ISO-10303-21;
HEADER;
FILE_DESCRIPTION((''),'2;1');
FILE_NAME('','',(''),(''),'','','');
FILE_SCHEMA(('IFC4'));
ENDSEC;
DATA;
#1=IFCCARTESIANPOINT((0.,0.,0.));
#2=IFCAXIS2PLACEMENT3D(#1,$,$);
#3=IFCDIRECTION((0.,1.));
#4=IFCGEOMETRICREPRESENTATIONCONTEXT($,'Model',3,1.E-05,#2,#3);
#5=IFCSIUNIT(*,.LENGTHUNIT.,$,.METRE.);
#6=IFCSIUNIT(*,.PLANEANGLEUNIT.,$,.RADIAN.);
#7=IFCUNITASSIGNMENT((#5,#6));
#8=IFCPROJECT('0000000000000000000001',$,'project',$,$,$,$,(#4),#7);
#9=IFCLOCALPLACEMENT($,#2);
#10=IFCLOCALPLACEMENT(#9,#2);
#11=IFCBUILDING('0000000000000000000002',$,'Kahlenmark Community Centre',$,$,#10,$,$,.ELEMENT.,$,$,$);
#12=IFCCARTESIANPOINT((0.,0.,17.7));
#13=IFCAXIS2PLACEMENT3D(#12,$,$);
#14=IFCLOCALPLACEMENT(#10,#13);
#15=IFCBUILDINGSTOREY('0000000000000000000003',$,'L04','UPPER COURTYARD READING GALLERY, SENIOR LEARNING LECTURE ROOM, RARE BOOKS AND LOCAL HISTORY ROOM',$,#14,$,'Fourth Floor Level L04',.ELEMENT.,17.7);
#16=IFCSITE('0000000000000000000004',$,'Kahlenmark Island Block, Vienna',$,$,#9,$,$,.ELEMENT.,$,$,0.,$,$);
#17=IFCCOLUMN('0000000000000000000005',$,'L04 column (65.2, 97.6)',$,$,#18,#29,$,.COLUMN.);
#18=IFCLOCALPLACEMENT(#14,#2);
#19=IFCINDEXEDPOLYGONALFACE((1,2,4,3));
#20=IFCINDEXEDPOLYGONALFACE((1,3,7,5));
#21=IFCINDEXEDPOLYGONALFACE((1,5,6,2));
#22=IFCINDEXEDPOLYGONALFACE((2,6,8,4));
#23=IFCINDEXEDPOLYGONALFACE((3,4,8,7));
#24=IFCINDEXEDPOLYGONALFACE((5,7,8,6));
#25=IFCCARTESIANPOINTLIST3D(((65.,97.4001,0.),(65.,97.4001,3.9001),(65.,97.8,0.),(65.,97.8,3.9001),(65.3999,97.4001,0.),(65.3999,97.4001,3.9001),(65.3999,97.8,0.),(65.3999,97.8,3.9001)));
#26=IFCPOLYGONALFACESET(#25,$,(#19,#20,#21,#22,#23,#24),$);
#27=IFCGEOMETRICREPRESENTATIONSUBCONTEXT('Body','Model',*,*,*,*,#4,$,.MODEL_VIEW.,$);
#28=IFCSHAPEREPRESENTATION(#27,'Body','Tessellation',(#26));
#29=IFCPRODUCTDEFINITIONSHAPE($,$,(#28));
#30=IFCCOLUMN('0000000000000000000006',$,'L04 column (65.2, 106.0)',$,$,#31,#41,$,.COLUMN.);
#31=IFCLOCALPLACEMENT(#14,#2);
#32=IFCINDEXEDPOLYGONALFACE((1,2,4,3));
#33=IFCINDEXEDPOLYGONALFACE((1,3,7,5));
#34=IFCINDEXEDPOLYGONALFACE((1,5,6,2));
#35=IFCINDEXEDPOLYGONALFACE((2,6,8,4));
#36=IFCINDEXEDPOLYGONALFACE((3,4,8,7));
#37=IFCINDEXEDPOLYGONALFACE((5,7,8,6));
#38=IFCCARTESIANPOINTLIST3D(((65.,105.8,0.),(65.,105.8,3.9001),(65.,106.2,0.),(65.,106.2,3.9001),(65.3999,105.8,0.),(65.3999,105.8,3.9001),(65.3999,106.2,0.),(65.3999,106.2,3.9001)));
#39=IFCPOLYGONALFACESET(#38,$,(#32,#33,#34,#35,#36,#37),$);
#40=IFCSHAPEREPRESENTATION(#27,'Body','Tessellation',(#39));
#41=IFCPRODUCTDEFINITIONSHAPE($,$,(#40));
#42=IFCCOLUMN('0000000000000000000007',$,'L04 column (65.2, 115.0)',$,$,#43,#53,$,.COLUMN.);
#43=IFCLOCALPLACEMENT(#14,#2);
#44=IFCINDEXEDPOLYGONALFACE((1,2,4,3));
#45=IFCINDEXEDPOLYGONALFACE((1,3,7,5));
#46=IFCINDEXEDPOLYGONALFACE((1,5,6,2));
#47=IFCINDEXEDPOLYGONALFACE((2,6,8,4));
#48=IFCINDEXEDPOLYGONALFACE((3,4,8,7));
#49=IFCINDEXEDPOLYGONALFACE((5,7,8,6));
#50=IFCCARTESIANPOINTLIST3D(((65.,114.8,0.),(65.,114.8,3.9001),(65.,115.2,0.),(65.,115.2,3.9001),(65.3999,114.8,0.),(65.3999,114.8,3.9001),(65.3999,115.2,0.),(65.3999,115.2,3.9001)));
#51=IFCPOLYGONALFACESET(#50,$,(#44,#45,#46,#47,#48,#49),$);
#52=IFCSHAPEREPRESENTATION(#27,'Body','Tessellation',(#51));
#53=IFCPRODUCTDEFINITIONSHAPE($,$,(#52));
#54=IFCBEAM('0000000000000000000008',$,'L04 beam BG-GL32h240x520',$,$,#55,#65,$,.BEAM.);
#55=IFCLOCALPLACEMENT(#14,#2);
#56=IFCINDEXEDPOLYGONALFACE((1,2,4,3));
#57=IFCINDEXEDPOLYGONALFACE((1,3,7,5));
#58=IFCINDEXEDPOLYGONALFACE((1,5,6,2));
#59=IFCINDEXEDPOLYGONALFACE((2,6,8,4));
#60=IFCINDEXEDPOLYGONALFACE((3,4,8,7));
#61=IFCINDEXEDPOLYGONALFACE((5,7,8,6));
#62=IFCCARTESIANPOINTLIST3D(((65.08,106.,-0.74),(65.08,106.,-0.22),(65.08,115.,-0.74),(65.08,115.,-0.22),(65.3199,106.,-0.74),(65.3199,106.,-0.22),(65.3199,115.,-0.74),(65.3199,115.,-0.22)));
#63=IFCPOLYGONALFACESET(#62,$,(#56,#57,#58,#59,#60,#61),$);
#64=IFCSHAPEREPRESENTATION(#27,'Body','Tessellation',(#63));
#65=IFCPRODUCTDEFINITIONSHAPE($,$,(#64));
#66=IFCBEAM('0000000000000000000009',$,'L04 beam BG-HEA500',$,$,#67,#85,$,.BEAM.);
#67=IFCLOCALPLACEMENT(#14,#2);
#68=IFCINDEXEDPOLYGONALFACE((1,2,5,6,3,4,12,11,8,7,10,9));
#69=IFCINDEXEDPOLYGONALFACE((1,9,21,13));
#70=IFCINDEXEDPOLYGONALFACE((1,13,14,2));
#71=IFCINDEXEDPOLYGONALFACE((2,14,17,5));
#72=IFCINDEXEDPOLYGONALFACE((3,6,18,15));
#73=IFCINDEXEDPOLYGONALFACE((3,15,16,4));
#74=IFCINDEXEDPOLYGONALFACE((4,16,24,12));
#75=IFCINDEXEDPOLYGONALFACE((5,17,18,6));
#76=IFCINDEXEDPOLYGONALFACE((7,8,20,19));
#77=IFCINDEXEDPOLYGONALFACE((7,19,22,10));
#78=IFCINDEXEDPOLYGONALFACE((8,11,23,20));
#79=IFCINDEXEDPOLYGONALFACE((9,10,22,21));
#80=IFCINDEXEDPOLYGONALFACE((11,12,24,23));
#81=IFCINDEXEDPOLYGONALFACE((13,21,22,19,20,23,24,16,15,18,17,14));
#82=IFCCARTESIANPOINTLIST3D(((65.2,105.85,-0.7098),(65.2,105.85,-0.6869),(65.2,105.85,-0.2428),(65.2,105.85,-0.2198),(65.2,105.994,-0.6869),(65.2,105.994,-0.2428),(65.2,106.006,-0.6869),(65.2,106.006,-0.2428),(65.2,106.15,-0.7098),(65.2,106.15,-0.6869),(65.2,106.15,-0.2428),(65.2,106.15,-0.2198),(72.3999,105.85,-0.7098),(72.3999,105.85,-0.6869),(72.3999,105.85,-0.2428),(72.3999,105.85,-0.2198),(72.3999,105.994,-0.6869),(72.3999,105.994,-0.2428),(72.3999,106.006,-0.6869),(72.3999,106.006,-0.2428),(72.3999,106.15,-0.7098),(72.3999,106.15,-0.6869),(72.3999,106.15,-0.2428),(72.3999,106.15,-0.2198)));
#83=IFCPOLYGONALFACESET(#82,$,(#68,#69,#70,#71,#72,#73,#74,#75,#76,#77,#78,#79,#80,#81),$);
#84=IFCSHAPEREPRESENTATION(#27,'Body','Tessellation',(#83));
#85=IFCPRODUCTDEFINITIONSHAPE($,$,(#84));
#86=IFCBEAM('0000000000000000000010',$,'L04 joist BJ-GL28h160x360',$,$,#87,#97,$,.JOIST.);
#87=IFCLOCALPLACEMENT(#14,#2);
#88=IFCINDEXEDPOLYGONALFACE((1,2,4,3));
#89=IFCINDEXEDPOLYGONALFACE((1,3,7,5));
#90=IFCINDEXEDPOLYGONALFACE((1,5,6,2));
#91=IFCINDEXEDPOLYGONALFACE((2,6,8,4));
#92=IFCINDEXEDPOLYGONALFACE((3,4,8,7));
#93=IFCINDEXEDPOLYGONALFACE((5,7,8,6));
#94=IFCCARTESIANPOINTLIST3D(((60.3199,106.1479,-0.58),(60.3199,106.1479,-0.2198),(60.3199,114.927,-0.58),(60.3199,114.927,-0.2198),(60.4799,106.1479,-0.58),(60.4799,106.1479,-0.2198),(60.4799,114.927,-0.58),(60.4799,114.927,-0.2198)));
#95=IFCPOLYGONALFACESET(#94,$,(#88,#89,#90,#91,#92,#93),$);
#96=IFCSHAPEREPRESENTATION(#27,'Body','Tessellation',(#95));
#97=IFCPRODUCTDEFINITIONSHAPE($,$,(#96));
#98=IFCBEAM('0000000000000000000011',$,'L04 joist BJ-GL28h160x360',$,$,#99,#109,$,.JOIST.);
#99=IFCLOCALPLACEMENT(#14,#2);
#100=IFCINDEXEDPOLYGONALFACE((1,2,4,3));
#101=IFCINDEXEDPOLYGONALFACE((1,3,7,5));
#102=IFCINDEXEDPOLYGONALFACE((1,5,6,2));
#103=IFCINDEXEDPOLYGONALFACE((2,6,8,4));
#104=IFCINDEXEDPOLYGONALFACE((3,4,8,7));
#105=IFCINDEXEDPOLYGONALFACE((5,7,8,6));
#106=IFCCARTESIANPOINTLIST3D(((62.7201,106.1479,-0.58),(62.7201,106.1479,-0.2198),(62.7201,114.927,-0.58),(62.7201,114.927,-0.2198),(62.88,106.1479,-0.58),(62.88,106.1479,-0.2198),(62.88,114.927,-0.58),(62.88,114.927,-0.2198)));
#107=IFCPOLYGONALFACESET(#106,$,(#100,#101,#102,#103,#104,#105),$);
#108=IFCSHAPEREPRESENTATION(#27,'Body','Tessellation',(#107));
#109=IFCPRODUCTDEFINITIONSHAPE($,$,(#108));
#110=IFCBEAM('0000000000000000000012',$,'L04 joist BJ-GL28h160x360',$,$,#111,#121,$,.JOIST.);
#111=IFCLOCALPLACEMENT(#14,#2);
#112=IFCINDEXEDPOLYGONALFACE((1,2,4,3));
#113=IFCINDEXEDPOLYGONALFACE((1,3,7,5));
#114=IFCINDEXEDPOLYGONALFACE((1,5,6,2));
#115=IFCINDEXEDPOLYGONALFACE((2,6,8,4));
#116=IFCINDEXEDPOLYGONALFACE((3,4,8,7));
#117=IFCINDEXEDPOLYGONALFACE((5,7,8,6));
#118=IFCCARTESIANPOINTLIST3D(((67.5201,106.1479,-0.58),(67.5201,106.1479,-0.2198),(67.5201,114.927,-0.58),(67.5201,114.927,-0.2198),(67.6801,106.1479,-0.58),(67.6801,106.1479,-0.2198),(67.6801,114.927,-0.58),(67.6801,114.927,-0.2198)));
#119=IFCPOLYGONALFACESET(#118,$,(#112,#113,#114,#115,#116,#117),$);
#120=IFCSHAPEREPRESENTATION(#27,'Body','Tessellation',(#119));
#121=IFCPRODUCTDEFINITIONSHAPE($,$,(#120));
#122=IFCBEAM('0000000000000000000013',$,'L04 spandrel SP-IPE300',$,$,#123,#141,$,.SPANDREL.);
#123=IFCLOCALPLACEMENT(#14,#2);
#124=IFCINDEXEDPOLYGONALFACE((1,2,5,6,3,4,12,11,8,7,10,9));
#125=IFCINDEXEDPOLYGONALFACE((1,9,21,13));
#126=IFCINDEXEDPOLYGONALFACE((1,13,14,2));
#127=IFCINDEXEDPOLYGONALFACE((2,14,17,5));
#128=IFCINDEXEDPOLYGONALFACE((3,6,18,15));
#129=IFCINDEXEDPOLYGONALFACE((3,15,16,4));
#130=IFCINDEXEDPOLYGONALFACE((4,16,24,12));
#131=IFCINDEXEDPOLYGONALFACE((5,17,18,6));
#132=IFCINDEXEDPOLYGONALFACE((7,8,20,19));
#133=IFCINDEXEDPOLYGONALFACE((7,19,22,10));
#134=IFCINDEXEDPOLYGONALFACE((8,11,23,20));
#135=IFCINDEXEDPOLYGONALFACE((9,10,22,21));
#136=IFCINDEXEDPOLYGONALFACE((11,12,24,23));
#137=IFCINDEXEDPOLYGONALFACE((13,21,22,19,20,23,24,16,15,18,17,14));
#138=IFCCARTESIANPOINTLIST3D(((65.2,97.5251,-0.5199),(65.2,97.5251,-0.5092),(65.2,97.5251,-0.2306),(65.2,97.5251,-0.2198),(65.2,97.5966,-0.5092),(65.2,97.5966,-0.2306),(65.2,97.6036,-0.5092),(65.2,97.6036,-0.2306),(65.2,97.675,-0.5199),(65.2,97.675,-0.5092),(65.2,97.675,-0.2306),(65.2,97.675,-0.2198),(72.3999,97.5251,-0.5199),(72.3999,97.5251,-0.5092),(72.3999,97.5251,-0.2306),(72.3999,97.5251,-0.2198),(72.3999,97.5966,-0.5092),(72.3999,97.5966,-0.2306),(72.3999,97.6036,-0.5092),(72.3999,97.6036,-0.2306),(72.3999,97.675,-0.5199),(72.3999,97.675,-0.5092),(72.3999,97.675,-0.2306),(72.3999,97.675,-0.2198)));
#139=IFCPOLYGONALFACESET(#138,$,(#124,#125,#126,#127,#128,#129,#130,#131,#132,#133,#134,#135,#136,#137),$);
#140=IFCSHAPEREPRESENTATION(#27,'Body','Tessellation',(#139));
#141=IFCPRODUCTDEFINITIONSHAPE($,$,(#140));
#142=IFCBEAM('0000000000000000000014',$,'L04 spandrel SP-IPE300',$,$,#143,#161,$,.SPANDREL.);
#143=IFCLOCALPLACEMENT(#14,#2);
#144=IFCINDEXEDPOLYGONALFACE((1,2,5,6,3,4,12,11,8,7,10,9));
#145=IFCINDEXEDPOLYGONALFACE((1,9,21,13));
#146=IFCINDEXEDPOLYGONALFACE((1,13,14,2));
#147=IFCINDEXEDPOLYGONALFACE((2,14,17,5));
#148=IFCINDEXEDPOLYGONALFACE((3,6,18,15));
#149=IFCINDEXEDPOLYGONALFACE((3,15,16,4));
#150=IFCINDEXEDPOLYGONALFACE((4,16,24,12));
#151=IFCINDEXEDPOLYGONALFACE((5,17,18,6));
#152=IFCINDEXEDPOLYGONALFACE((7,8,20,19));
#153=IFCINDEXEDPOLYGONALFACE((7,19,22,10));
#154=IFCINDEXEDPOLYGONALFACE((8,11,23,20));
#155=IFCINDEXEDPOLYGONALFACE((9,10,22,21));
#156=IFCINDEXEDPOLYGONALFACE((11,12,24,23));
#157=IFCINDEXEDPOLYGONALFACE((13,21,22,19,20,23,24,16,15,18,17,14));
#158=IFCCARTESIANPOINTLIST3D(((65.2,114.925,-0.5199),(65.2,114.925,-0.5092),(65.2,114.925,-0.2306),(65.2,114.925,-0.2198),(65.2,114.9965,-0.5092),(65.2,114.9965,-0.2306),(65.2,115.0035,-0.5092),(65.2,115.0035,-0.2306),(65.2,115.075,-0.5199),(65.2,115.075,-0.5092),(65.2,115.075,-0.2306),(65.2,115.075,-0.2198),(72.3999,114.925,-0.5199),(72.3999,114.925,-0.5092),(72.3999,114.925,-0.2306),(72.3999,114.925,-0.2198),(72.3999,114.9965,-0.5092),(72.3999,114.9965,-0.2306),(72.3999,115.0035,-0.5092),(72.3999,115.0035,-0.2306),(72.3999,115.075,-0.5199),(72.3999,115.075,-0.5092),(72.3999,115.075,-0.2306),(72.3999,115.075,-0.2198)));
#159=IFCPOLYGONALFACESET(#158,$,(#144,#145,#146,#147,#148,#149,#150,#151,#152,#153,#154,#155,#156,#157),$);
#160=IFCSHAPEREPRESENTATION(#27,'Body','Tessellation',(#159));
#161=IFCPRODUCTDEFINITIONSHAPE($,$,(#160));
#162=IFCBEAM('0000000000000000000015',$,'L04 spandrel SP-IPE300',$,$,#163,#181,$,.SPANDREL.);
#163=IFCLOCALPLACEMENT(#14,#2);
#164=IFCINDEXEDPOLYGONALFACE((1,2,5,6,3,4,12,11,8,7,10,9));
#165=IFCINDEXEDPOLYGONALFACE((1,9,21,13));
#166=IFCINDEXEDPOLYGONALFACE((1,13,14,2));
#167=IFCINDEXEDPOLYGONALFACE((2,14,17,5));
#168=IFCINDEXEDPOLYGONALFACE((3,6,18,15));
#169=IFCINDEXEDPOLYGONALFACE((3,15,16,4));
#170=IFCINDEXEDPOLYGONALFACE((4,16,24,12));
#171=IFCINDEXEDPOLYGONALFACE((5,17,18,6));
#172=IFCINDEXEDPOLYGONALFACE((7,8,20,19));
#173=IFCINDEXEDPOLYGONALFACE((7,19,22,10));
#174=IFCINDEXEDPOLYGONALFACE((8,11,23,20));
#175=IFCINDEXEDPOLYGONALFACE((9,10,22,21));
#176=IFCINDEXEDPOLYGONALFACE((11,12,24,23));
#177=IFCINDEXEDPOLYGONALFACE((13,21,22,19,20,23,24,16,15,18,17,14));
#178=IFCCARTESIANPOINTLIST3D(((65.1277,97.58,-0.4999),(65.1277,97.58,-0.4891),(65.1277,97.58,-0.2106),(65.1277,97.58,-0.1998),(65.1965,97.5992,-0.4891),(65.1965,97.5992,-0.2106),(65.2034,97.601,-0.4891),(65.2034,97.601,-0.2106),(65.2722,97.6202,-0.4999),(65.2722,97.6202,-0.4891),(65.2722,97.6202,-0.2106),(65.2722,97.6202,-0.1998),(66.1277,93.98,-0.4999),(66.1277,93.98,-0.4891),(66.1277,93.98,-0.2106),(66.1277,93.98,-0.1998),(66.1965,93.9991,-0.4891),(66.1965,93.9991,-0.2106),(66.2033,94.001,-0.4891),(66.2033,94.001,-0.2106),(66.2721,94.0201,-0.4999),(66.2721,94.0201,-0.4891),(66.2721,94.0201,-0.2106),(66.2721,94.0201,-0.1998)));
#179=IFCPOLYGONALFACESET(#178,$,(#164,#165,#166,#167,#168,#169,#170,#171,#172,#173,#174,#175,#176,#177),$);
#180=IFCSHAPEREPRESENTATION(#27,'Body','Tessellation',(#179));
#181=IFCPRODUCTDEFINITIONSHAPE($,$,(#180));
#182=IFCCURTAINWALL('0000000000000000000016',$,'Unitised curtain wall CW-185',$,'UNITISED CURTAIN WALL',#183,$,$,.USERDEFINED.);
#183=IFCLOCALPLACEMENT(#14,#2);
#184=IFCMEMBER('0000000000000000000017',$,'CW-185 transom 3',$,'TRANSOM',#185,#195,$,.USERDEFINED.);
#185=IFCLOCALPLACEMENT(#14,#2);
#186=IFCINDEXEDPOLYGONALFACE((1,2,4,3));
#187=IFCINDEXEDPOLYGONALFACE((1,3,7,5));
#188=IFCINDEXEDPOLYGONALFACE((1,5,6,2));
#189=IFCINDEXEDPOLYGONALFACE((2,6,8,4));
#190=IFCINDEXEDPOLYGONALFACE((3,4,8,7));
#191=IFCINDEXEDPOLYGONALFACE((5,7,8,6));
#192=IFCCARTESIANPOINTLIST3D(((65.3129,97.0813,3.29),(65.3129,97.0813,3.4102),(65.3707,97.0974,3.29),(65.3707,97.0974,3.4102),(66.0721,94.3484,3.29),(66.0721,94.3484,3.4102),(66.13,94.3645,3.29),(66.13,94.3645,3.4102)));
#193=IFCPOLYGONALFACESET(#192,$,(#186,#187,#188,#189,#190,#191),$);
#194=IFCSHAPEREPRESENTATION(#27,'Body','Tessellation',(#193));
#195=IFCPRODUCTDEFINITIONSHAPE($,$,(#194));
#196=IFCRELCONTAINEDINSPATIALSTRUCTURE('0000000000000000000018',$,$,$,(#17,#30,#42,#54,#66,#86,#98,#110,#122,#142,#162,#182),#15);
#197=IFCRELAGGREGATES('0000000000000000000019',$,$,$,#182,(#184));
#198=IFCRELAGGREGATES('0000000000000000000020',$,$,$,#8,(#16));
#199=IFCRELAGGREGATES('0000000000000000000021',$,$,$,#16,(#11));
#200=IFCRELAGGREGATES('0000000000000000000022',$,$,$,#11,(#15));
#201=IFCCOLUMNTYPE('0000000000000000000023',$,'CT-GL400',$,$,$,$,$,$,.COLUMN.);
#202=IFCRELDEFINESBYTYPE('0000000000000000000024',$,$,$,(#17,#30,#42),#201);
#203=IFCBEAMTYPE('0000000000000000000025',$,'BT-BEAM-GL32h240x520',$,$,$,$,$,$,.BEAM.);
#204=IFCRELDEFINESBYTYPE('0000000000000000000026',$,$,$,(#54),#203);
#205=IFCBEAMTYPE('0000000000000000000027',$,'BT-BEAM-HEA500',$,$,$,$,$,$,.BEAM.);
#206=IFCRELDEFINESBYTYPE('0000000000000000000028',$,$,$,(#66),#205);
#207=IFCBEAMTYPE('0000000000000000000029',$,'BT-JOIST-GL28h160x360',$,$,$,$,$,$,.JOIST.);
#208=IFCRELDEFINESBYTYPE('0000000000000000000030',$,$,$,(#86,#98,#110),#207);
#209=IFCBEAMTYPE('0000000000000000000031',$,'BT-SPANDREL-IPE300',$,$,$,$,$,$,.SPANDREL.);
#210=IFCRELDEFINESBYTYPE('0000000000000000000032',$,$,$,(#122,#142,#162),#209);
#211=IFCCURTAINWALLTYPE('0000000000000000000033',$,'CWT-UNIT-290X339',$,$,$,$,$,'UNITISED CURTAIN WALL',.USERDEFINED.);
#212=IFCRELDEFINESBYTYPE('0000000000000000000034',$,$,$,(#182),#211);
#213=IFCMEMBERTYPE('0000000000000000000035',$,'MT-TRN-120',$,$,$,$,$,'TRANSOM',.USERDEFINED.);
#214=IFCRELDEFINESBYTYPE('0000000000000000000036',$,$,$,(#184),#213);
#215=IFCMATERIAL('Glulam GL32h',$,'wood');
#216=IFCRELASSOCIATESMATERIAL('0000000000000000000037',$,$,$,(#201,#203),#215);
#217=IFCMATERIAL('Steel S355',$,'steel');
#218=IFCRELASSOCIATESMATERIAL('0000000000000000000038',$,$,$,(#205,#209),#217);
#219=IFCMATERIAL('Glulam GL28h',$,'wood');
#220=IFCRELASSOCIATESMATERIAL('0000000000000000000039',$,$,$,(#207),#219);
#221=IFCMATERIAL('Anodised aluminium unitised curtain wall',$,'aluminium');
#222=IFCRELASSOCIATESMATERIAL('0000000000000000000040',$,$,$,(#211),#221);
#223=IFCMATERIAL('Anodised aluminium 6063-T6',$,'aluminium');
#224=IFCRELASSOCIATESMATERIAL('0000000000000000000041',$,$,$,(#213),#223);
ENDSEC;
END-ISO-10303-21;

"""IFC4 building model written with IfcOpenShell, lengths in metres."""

from ifc_helpers import new_model, si_unit, direction, frame, origin, origin_2d, place, context, subcontext, project, spatial, rectangle, i_section, extrude, material, material_profile, profile_set, type_object, element, aggregate, save


model = new_model("IFC4")

# Units and contexts
model_context = context("Model", 3, precision=1e-05, world=origin(), true_north=direction((0.0, 1.0)))
body_context = subcontext(model_context, "Body", "Model", "MODEL_VIEW")
ifc_project = project(units=[si_unit("LENGTHUNIT", "METRE"), si_unit("PLANEANGLEUNIT", "RADIAN")], contexts=[model_context])

# Site, building, storey
site_placement = place(None, origin())
site = spatial("IfcSite", under=ifc_project, at=site_placement, Name="Kahlenmark Island Block, Vienna", CompositionType="ELEMENT", RefElevation=0.0)
building_placement = place(site_placement, origin())
building = spatial("IfcBuilding", under=site, at=building_placement, Name="Kahlenmark Community Centre", CompositionType="ELEMENT")
storey_placement = place(building_placement, frame((0.0, 0.0, 17.7)))
storey = spatial("IfcBuildingStorey", under=building, at=storey_placement, Name="L04", Description="UPPER COURTYARD READING GALLERY, SENIOR LEARNING LECTURE ROOM, RARE BOOKS AND LOCAL HISTORY ROOM", LongName="Fourth Floor Level L04", CompositionType="ELEMENT", Elevation=17.7)

# Columns
ifc_material_1 = material(Name="Glulam GL32h", Category="wood")
ifc_material_profile_1 = material_profile(ifc_material_1, rectangle(XDim=0.3999, YDim=0.3999, at=origin_2d()), Name="GL32h 400x400")
ifc_profile_set_1 = profile_set([ifc_material_profile_1], Name="Glulam GL32h")
column_type = type_object("IfcColumnType", Name="CT-GL400", PredefinedType="COLUMN", material=ifc_profile_set_1)
for number, where, z_axis, x_axis, name in (
    (1, (65.2, 97.6001, 0.0), (0.0, 0.0, 1.0), (1.0, 0.0, 0.0), "L04 column (65.2, 97.6)"),
    (2, (65.2, 106.0, 0.0), (0.0, 0.0, 1.0), (1.0, 0.0, 0.0), "L04 column (65.2, 106.0)"),
    (3, (65.2, 115.0, 0.0), (0.0, 0.0, 1.0), (1.0, 0.0, 0.0), "L04 column (65.2, 115.0)"),
):
    element("IfcColumn", number, at=place(storey_placement, frame(where, z_axis=z_axis, x_axis=x_axis)), inside=storey, type_object=column_type, Name=name, PredefinedType="COLUMN", context=body_context, shape_type="SweptSolid", body=[
        extrude(rectangle(XDim=0.3999, YDim=0.3999, at=origin_2d()), origin(), (0.0, 0.0, 1.0), 3.9001),
    ])

# Beams
ifc_material_profile_2 = material_profile(ifc_material_1, rectangle(XDim=0.24, YDim=0.52, at=origin_2d()), Name="GL32h 240x520")
ifc_profile_set_2 = profile_set([ifc_material_profile_2], Name="Glulam GL32h")
beam_type_1 = type_object("IfcBeamType", Name="BT-BEAM-GL32h240x520", PredefinedType="BEAM", material=ifc_profile_set_2)
beam_1_placement = place(storey_placement, frame((65.2, 106.0, -0.48), z_axis=(0.0, 1.0, 0.0), x_axis=(-1.0, 0.0, 0.0)))
element("IfcBeam", 4, at=beam_1_placement, inside=storey, type_object=beam_type_1, Name="L04 beam BG-GL32h240x520", PredefinedType="BEAM", context=body_context, shape_type="SweptSolid", body=[
    extrude(rectangle(XDim=0.24, YDim=0.52, at=origin_2d()), origin(), (0.0, 0.0, 1.0), 9.0),
])
ifc_material_2 = material(Name="Steel S355", Category="steel")
ifc_material_profile_3 = material_profile(ifc_material_2, i_section(OverallWidth=0.3, OverallDepth=0.49, WebThickness=0.012, FlangeThickness=0.0229, at=origin_2d()), Name="HEA 500")
ifc_profile_set_3 = profile_set([ifc_material_profile_3], Name="Steel S355")
beam_type_2 = type_object("IfcBeamType", Name="BT-BEAM-HEA500", PredefinedType="BEAM", material=ifc_profile_set_3)
beam_2_placement = place(storey_placement, frame((65.2, 106.0, -0.4648), z_axis=(1.0, 0.0, 0.0), x_axis=(0.0, 1.0, 0.0)))
element("IfcBeam", 5, at=beam_2_placement, inside=storey, type_object=beam_type_2, Name="L04 beam BG-HEA500", PredefinedType="BEAM", context=body_context, shape_type="SweptSolid", body=[
    extrude(i_section(OverallWidth=0.3, OverallDepth=0.49, WebThickness=0.012, FlangeThickness=0.0229, at=origin_2d()), origin(), (0.0, 0.0, 1.0), 7.2),
])
ifc_material_3 = material(Name="Glulam GL28h", Category="wood")
ifc_material_profile_4 = material_profile(ifc_material_3, rectangle(XDim=0.1599, YDim=0.3601, at=origin_2d()), Name="GL28h 160x360")
ifc_profile_set_4 = profile_set([ifc_material_profile_4], Name="Glulam GL28h")
beam_type_3 = type_object("IfcBeamType", Name="BT-JOIST-GL28h160x360", PredefinedType="JOIST", material=ifc_profile_set_4)
for number, where, z_axis, x_axis, name in (
    (6, (60.3999, 106.1479, -0.3999), (0.0, 1.0, 0.0), (-1.0, 0.0, 0.0), "L04 joist BJ-GL28h160x360"),
    (7, (62.8, 106.1479, -0.3999), (0.0, 1.0, 0.0), (-1.0, 0.0, 0.0), "L04 joist BJ-GL28h160x360"),
    (8, (67.6001, 106.1479, -0.3999), (0.0, 1.0, 0.0), (-1.0, 0.0, 0.0), "L04 joist BJ-GL28h160x360"),
):
    element("IfcBeam", number, at=place(storey_placement, frame(where, z_axis=z_axis, x_axis=x_axis)), inside=storey, type_object=beam_type_3, Name=name, PredefinedType="JOIST", context=body_context, shape_type="SweptSolid", body=[
        extrude(rectangle(XDim=0.1599, YDim=0.3601, at=origin_2d()), origin(), (0.0, 0.0, 1.0), 8.7791),
    ])
ifc_material_profile_5 = material_profile(ifc_material_2, i_section(OverallWidth=0.1499, OverallDepth=0.3, WebThickness=0.0071, FlangeThickness=0.0107, at=origin_2d()), Name="IPE 300")
ifc_profile_set_5 = profile_set([ifc_material_profile_5], Name="Steel S355")
beam_type_4 = type_object("IfcBeamType", Name="BT-SPANDREL-IPE300", PredefinedType="SPANDREL", material=ifc_profile_set_5)
for number, where, z_axis, x_axis, name in (
    (9, (65.2, 97.6001, -0.3699), (1.0, 0.0, 0.0), (0.0, 1.0, 0.0), "L04 spandrel SP-IPE300"),
    (10, (65.2, 115.0, -0.3699), (1.0, 0.0, 0.0), (0.0, 1.0, 0.0), "L04 spandrel SP-IPE300"),
):
    element("IfcBeam", number, at=place(storey_placement, frame(where, z_axis=z_axis, x_axis=x_axis)), inside=storey, type_object=beam_type_4, Name=name, PredefinedType="SPANDREL", context=body_context, shape_type="SweptSolid", body=[
        extrude(i_section(OverallWidth=0.1499, OverallDepth=0.3, WebThickness=0.0071, FlangeThickness=0.0107, at=origin_2d()), origin(), (0.0, 0.0, 1.0), 7.2),
    ])
beam_3_placement = place(storey_placement, frame((65.2, 97.6001, -0.3499), z_axis=(0.267637, -0.96352, 0.0), x_axis=(0.96352, 0.267637, 0.0)))
element("IfcBeam", 11, at=beam_3_placement, inside=storey, type_object=beam_type_4, Name="L04 spandrel SP-IPE300", PredefinedType="SPANDREL", context=body_context, shape_type="SweptSolid", body=[
    extrude(i_section(OverallWidth=0.1499, OverallDepth=0.3, WebThickness=0.0071, FlangeThickness=0.0107, at=origin_2d()), origin(), (0.0, 0.0, 1.0), 3.7363),
])

# Curtain wall, member
ifc_material_4 = material(Name="Anodised aluminium unitised curtain wall", Category="aluminium")
curtain_wall_type = type_object("IfcCurtainWallType", Name="CWT-UNIT-290X339", ElementType="UNITISED CURTAIN WALL", PredefinedType="USERDEFINED", material=ifc_material_4)
curtain_wall_placement = place(storey_placement, origin())
curtain_wall = element("IfcCurtainWall", 12, at=curtain_wall_placement, inside=storey, type_object=curtain_wall_type, Name="Unitised curtain wall CW-185", ObjectType="UNITISED CURTAIN WALL", PredefinedType="USERDEFINED")
ifc_material_5 = material(Name="Anodised aluminium 6063-T6", Category="aluminium")
ifc_material_profile_6 = material_profile(ifc_material_5, rectangle(XDim=0.0601, YDim=0.1201, at=origin_2d()), Name="ALU TRANSOM 60x120")
ifc_profile_set_6 = profile_set([ifc_material_profile_6], Name="Anodised aluminium 6063-T6")
member_type = type_object("IfcMemberType", Name="MT-TRN-120", ElementType="TRANSOM", PredefinedType="USERDEFINED", material=ifc_profile_set_6)
member_placement = place(storey_placement, frame((65.3418, 97.0894, 3.3501), z_axis=(0.267688, -0.963506, 0.0), x_axis=(0.963506, 0.267688, 0.0)))
member = element("IfcMember", 13, at=member_placement, type_object=member_type, Name="CW-185 transom 3", ObjectType="TRANSOM", PredefinedType="USERDEFINED", context=body_context, shape_type="SweptSolid", body=[
    extrude(rectangle(XDim=0.0601, YDim=0.1201, at=origin_2d()), origin(), (0.0, 0.0, 1.0), 2.8364),
])
aggregate(curtain_wall, [member])

save(model, "model.ifc")
